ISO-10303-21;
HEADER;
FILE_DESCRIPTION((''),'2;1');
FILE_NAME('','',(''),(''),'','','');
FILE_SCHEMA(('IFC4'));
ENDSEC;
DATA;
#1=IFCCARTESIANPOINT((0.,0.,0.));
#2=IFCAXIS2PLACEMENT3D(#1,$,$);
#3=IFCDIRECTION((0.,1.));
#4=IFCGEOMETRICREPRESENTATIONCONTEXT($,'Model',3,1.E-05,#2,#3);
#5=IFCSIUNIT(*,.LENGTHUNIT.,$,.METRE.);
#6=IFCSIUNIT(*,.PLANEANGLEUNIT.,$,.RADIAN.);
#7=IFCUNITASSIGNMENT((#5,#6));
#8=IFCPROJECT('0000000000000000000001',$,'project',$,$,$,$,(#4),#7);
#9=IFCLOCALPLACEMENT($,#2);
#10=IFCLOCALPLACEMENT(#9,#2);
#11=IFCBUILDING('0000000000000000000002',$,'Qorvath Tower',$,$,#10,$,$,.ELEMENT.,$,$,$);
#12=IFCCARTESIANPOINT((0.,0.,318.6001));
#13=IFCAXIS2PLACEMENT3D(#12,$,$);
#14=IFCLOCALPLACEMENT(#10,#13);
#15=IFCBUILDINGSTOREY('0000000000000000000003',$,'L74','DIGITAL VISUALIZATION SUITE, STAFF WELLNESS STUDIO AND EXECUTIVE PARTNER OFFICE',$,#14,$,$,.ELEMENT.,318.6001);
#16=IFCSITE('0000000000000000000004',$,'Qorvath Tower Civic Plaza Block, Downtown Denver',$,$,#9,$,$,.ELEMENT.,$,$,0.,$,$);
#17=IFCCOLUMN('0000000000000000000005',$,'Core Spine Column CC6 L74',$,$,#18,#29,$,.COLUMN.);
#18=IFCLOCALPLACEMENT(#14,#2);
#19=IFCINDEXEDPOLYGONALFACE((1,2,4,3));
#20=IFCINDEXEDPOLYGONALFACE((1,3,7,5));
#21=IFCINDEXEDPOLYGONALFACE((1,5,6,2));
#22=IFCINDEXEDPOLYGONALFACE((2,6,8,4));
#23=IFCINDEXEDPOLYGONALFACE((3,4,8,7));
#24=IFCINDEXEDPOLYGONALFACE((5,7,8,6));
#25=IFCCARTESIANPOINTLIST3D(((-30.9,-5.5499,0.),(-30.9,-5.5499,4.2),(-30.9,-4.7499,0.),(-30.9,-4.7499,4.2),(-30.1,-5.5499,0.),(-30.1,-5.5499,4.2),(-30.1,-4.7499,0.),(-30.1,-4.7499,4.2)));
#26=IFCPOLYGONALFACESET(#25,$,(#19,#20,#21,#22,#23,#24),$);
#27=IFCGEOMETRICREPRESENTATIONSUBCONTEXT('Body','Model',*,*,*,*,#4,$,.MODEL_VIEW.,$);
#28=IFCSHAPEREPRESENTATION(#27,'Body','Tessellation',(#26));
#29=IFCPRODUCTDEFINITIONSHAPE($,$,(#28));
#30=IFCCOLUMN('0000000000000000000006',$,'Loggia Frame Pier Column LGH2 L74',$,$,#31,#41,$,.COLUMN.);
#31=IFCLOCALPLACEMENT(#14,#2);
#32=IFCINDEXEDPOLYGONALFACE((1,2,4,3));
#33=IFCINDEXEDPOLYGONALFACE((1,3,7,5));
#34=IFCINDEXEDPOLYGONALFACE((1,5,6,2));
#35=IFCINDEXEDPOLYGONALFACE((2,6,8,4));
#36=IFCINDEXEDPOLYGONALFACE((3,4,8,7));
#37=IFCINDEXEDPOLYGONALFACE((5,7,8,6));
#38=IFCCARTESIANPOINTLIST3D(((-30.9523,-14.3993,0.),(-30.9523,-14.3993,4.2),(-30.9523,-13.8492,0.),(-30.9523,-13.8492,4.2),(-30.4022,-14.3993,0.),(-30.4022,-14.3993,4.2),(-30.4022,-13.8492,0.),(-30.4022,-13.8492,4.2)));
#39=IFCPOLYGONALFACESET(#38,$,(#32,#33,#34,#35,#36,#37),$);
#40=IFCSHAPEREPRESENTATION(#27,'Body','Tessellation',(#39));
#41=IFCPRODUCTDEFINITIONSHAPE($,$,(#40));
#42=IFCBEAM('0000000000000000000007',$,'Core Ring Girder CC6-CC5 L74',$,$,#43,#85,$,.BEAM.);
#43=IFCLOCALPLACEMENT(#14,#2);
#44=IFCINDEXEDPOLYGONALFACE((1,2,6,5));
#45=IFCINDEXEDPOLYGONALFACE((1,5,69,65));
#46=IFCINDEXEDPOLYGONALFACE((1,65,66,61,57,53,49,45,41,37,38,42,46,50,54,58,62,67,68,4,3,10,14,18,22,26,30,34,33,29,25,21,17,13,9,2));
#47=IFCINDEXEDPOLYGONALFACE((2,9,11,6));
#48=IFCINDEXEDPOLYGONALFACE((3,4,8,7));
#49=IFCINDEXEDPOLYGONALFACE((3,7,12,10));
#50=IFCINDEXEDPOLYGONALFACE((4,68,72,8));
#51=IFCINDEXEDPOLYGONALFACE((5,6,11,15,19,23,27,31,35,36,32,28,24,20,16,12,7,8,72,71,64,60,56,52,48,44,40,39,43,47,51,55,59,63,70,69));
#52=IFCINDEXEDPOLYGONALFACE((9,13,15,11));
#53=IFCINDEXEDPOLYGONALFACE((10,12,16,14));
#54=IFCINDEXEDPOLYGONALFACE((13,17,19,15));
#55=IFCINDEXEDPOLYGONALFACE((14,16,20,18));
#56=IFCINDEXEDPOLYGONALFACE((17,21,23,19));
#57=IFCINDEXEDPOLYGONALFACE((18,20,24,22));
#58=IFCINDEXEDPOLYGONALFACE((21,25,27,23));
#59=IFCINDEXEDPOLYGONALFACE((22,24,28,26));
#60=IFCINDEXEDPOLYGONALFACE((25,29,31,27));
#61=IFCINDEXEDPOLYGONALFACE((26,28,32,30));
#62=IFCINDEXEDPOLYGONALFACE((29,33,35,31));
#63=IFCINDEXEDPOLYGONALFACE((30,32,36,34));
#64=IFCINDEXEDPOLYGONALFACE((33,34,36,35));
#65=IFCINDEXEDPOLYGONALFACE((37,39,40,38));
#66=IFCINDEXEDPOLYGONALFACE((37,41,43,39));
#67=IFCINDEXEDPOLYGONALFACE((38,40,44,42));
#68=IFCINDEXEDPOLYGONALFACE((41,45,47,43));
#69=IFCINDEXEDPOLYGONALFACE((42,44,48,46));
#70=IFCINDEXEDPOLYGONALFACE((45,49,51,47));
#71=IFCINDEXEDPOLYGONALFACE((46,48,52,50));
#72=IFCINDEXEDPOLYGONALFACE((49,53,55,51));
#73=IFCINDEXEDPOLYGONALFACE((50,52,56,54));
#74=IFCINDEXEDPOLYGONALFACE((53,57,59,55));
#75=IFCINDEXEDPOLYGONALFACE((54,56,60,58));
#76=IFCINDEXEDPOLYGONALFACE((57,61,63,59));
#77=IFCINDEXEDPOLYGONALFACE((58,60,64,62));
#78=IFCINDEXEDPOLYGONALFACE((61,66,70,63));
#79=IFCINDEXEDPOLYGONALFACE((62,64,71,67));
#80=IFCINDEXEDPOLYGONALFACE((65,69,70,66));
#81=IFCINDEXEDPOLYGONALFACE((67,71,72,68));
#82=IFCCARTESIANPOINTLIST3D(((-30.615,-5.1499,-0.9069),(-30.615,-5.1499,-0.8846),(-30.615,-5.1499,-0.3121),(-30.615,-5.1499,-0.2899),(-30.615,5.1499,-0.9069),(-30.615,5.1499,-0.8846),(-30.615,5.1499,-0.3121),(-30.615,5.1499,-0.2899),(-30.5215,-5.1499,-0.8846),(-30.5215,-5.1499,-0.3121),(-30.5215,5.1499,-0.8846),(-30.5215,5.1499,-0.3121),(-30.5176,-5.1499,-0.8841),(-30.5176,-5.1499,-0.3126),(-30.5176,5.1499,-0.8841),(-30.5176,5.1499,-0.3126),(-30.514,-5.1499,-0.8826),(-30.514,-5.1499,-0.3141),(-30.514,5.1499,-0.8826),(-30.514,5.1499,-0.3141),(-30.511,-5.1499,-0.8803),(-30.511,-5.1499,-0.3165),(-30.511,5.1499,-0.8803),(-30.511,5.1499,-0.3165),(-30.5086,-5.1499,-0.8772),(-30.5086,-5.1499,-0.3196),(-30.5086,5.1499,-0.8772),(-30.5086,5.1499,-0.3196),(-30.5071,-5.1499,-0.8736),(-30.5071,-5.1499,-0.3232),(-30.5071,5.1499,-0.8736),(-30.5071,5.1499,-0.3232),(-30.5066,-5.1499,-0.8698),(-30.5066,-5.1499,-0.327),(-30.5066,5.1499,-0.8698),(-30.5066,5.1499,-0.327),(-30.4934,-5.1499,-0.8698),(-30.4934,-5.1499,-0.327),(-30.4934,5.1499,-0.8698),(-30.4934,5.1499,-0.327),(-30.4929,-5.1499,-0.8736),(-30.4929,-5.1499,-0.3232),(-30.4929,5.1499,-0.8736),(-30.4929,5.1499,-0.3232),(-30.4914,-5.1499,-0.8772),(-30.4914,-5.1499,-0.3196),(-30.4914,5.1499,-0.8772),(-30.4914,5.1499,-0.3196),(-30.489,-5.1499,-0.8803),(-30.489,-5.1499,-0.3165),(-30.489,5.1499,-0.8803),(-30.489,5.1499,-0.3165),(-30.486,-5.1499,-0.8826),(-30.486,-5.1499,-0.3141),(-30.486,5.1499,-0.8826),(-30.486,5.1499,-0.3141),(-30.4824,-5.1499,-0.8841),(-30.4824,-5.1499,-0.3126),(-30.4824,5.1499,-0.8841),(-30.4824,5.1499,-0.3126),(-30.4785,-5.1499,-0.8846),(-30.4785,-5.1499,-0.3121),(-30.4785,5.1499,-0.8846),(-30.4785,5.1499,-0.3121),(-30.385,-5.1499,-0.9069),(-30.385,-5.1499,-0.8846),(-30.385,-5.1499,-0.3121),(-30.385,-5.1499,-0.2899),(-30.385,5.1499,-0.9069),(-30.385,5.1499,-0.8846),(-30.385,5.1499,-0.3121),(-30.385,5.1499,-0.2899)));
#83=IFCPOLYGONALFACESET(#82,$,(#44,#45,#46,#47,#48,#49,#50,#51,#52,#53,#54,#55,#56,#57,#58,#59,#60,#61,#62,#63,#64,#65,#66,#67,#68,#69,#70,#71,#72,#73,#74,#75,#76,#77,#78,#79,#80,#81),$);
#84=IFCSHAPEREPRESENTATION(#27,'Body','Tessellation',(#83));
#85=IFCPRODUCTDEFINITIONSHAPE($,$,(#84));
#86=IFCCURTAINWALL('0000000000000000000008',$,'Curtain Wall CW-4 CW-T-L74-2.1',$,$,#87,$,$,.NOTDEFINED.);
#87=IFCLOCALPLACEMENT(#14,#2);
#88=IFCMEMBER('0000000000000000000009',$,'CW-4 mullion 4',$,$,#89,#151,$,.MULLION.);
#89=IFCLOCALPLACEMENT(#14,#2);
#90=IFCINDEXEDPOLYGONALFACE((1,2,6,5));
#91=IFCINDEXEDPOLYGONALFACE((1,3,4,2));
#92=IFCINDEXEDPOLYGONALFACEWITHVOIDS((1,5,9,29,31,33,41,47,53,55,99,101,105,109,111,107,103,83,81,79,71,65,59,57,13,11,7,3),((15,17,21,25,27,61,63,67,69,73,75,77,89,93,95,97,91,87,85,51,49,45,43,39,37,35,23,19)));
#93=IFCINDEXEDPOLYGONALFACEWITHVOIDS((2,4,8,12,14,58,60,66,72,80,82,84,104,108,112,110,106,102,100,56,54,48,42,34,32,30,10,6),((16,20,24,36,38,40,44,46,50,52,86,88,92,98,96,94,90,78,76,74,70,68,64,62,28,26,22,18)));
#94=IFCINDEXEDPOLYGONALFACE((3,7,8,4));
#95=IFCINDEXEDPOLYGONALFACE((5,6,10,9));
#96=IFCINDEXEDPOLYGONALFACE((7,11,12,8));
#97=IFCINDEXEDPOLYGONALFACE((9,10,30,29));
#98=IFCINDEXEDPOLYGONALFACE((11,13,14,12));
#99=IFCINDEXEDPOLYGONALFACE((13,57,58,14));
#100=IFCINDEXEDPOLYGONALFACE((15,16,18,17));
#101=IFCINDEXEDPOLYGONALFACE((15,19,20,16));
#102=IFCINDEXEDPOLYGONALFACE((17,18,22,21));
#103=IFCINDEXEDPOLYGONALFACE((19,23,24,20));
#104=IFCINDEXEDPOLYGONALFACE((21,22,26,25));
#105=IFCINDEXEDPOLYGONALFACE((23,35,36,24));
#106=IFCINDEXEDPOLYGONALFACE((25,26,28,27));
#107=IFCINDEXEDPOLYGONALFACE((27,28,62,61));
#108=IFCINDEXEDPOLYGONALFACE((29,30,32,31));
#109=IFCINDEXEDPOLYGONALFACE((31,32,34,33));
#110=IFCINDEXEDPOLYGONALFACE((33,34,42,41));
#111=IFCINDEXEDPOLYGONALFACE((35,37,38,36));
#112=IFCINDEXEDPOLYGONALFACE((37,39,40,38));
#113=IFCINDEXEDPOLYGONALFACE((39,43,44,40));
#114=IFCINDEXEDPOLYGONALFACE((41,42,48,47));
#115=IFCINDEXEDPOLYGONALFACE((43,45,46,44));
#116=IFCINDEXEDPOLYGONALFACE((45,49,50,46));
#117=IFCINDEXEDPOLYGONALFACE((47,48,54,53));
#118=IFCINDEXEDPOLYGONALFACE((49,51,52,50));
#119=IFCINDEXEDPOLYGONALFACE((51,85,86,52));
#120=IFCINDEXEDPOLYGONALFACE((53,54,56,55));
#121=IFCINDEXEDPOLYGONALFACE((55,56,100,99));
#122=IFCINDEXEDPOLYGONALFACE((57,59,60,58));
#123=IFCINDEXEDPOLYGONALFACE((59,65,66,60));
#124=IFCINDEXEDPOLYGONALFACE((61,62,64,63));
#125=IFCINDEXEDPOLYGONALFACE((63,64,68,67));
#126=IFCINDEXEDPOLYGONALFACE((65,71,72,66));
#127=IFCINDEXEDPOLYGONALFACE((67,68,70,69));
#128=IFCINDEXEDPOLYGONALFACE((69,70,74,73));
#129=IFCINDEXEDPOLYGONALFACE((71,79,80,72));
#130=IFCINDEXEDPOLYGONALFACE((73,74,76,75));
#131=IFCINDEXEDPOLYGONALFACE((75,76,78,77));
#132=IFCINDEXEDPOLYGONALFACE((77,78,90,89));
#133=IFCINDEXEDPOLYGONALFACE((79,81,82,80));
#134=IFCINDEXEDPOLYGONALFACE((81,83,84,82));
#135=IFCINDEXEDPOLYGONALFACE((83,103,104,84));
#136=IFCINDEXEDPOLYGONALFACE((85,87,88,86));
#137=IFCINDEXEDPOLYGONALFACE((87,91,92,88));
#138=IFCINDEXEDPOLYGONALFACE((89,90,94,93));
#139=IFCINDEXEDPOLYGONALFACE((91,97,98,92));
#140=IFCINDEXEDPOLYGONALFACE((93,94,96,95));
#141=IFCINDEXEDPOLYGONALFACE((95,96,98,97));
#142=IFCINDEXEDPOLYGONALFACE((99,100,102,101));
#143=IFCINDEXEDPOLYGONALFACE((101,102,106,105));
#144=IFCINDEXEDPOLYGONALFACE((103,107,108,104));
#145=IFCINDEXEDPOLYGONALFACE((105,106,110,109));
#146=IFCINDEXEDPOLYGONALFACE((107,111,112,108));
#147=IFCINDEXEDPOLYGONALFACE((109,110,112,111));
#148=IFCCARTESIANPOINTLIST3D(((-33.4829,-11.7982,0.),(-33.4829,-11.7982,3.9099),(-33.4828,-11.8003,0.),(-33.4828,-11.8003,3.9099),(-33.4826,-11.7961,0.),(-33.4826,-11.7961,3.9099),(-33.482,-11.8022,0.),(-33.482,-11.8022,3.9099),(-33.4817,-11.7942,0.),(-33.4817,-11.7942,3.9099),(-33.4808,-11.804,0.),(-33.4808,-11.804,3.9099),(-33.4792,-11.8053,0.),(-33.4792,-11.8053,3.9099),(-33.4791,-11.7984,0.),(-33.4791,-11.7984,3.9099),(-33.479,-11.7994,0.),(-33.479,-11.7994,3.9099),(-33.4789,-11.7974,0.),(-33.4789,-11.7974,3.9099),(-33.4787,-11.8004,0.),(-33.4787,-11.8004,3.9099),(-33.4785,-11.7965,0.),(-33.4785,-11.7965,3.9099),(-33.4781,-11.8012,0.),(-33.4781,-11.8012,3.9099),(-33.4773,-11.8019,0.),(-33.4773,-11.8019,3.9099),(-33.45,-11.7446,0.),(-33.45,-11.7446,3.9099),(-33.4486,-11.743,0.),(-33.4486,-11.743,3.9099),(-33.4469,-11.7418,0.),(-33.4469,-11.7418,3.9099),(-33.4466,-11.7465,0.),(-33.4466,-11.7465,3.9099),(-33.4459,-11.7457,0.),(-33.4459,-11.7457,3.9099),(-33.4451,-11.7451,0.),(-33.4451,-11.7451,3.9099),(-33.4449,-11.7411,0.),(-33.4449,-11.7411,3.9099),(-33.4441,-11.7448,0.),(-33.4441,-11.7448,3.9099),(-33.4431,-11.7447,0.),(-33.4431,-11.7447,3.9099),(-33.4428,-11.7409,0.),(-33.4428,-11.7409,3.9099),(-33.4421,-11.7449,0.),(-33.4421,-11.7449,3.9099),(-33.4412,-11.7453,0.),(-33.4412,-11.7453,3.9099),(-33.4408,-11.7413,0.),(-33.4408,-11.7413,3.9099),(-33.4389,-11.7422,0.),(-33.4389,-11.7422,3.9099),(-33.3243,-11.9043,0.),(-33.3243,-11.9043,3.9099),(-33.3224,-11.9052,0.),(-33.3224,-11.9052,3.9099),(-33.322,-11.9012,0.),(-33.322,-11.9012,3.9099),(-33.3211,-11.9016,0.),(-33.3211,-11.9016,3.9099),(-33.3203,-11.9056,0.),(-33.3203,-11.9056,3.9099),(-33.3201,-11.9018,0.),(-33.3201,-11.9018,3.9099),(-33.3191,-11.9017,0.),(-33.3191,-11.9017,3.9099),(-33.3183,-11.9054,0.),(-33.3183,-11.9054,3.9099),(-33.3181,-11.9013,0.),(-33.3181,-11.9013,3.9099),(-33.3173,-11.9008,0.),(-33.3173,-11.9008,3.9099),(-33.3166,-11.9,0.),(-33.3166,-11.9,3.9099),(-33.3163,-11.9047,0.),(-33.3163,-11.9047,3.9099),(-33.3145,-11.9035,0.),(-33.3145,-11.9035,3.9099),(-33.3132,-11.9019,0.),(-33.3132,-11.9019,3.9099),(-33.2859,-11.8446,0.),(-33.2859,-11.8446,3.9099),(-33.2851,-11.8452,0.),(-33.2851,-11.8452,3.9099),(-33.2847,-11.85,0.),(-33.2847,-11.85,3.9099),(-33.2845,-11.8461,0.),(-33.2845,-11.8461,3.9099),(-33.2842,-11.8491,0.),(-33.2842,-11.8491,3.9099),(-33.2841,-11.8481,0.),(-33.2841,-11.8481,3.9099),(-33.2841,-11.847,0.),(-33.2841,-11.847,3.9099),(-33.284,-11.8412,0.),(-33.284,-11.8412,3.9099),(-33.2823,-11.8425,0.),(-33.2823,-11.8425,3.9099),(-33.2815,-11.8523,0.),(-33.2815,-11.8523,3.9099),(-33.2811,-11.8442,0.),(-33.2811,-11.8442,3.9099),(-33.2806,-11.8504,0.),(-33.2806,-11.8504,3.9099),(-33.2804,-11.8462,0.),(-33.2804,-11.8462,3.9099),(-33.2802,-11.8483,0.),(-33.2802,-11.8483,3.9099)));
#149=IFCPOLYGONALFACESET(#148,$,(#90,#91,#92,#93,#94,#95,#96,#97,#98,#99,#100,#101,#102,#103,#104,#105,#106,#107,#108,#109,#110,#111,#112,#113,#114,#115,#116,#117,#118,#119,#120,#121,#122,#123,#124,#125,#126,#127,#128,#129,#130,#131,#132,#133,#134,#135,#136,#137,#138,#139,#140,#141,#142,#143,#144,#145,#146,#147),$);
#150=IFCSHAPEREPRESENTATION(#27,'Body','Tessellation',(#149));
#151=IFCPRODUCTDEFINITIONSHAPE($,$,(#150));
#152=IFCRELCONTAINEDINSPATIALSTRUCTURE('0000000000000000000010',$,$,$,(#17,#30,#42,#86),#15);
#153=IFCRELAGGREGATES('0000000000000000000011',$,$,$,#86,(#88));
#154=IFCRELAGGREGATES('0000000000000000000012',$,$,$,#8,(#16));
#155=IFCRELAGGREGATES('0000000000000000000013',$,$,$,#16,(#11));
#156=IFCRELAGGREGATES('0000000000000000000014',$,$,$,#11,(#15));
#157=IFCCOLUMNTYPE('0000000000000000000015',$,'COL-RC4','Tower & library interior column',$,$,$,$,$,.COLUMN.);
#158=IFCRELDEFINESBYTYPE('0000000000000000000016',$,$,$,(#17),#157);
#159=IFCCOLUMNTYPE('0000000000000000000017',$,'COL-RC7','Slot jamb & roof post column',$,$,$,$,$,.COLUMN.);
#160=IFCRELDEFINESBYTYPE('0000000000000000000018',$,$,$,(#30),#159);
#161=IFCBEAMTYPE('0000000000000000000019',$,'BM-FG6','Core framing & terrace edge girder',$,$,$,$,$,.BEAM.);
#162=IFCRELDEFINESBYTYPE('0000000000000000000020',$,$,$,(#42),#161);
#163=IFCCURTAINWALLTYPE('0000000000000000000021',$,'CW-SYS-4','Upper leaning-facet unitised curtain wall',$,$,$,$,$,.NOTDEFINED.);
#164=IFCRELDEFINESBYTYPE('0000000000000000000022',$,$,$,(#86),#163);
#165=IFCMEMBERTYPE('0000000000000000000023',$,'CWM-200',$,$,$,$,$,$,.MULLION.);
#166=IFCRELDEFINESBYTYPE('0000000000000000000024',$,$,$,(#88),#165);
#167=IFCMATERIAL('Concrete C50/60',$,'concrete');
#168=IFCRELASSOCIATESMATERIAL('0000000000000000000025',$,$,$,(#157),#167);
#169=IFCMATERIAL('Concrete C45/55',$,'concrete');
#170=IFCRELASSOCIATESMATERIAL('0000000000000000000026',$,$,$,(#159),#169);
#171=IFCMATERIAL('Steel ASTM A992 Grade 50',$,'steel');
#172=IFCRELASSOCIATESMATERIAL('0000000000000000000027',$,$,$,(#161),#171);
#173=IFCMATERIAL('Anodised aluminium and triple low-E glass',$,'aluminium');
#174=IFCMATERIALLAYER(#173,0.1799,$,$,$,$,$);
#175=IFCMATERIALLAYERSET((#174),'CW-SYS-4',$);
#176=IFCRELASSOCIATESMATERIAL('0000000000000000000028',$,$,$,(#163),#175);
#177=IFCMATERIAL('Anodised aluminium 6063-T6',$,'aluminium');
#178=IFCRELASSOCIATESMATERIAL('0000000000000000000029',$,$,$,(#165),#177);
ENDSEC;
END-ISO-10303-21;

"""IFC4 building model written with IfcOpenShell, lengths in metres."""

from ifc_helpers import new_model, si_unit, direction, frame, origin, origin_2d, place, context, subcontext, project, spatial, rectangle, hollow_rectangle, i_section, extrude, material, layer, layer_set, material_profile, profile_set, type_object, element, aggregate, save


model = new_model("IFC4")

# Units and contexts
model_context = context("Model", 3, precision=1e-05, world=origin(), true_north=direction((0.0, 1.0)))
body_context = subcontext(model_context, "Body", "Model", "MODEL_VIEW")
ifc_project = project(units=[si_unit("LENGTHUNIT", "METRE"), si_unit("PLANEANGLEUNIT", "RADIAN")], contexts=[model_context])

# Site, building, storey
site_placement = place(None, origin())
site = spatial("IfcSite", under=ifc_project, at=site_placement, Name="Qorvath Tower Civic Plaza Block, Downtown Denver", CompositionType="ELEMENT", RefElevation=0.0)
building_placement = place(site_placement, origin())
building = spatial("IfcBuilding", under=site, at=building_placement, Name="Qorvath Tower", CompositionType="ELEMENT")
storey_placement = place(building_placement, frame((0.0, 0.0, 318.6001)))
storey = spatial("IfcBuildingStorey", under=building, at=storey_placement, Name="L74", Description="DIGITAL VISUALIZATION SUITE, STAFF WELLNESS STUDIO AND EXECUTIVE PARTNER OFFICE", CompositionType="ELEMENT", Elevation=318.6001)

# Columns
ifc_material_1 = material(Name="Concrete C50/60", Category="concrete")
ifc_material_profile_1 = material_profile(ifc_material_1, rectangle(XDim=0.8, YDim=0.8, at=origin_2d()), Name="RC 800x800")
ifc_profile_set_1 = profile_set([ifc_material_profile_1], Name="Concrete C50/60")
column_type_1 = type_object("IfcColumnType", Name="COL-RC4", Description="Tower & library interior column", PredefinedType="COLUMN", material=ifc_profile_set_1)
column_1_placement = place(storey_placement, frame((-30.5, -5.1499, 0.0), z_axis=(0.0, 0.0, 1.0), x_axis=(1.0, 0.0, 0.0)))
element("IfcColumn", 1, at=column_1_placement, inside=storey, type_object=column_type_1, Name="Core Spine Column CC6 L74", PredefinedType="COLUMN", context=body_context, shape_type="SweptSolid", body=[
    extrude(rectangle(XDim=0.8, YDim=0.8, at=origin_2d()), origin(), (0.0, 0.0, 1.0), 4.2),
])
ifc_material_2 = material(Name="Concrete C45/55", Category="concrete")
ifc_material_profile_2 = material_profile(ifc_material_2, rectangle(XDim=0.55, YDim=0.55, at=origin_2d()), Name="RC 550x550")
ifc_profile_set_2 = profile_set([ifc_material_profile_2], Name="Concrete C45/55")
column_type_2 = type_object("IfcColumnType", Name="COL-RC7", Description="Slot jamb & roof post column", PredefinedType="COLUMN", material=ifc_profile_set_2)
column_2_placement = place(storey_placement, frame((-30.6772, -14.1243, 0.0), z_axis=(0.0, 0.0, 1.0), x_axis=(1.0, 0.0, 0.0)))
element("IfcColumn", 2, at=column_2_placement, inside=storey, type_object=column_type_2, Name="Loggia Frame Pier Column LGH2 L74", PredefinedType="COLUMN", context=body_context, shape_type="SweptSolid", body=[
    extrude(rectangle(XDim=0.55, YDim=0.55, at=origin_2d()), origin(), (0.0, 0.0, 1.0), 4.2),
])

# Beam
ifc_material_3 = material(Name="Steel ASTM A992 Grade 50", Category="steel")
ifc_material_profile_3 = material_profile(ifc_material_3, i_section(OverallWidth=0.23, OverallDepth=0.6169, WebThickness=0.0132, FlangeThickness=0.0222, FilletRadius=0.0149, at=origin_2d()), Name="W24x94")
ifc_profile_set_3 = profile_set([ifc_material_profile_3], Name="Steel ASTM A992 Grade 50")
beam_type = type_object("IfcBeamType", Name="BM-FG6", Description="Core framing & terrace edge girder", PredefinedType="BEAM", material=ifc_profile_set_3)
beam_placement = place(storey_placement, frame((-30.5, -5.1499, -0.5984), z_axis=(0.0, 1.0, 0.0), x_axis=(-1.0, 0.0, 0.0)))
element("IfcBeam", 3, at=beam_placement, inside=storey, type_object=beam_type, Name="Core Ring Girder CC6-CC5 L74", PredefinedType="BEAM", context=body_context, shape_type="SweptSolid", body=[
    extrude(i_section(OverallWidth=0.23, OverallDepth=0.6169, WebThickness=0.0132, FlangeThickness=0.0222, FilletRadius=0.0149, at=origin_2d()), origin(), (0.0, 0.0, 1.0), 10.2998),
])

# Curtain wall, member
ifc_material_4 = material(Name="Anodised aluminium and triple low-E glass", Category="aluminium")
ifc_layer_1 = layer(ifc_material_4, 0.1799)
ifc_layer_set_1 = layer_set([ifc_layer_1], Name="CW-SYS-4")
curtain_wall_type = type_object("IfcCurtainWallType", Name="CW-SYS-4", Description="Upper leaning-facet unitised curtain wall", PredefinedType="NOTDEFINED", material=ifc_layer_set_1)
curtain_wall_placement = place(storey_placement, origin())
curtain_wall = element("IfcCurtainWall", 4, at=curtain_wall_placement, inside=storey, type_object=curtain_wall_type, Name="Curtain Wall CW-4 CW-T-L74-2.1", PredefinedType="NOTDEFINED")
ifc_material_5 = material(Name="Anodised aluminium 6063-T6", Category="aluminium")
ifc_material_profile_4 = material_profile(ifc_material_5, hollow_rectangle(XDim=0.075, YDim=0.2, WallThickness=0.0039, InnerFilletRadius=0.0039, OuterFilletRadius=0.0081, at=origin_2d()), Name="CWM 200x75")
ifc_profile_set_4 = profile_set([ifc_material_profile_4], Name="Anodised aluminium 6063-T6")
member_type_1 = type_object("IfcMemberType", Name="CWM-200", PredefinedType="MULLION", material=ifc_profile_set_4)
member_1_placement = place(storey_placement, frame((-33.3816, -11.8232, 0.0), z_axis=(0.0, 0.0, 1.0), x_axis=(0.538532, 0.842605, 0.0)))
member_1 = element("IfcMember", 5, at=member_1_placement, type_object=member_type_1, Name="CW-4 mullion 4", PredefinedType="MULLION", context=body_context, shape_type="SweptSolid", body=[
    extrude(hollow_rectangle(XDim=0.075, YDim=0.2, WallThickness=0.0039, InnerFilletRadius=0.0039, OuterFilletRadius=0.0081, at=origin_2d()), origin(), (0.0, 0.0, 1.0), 3.9099),
])
aggregate(curtain_wall, [member_1])

save(model, "model.ifc")
